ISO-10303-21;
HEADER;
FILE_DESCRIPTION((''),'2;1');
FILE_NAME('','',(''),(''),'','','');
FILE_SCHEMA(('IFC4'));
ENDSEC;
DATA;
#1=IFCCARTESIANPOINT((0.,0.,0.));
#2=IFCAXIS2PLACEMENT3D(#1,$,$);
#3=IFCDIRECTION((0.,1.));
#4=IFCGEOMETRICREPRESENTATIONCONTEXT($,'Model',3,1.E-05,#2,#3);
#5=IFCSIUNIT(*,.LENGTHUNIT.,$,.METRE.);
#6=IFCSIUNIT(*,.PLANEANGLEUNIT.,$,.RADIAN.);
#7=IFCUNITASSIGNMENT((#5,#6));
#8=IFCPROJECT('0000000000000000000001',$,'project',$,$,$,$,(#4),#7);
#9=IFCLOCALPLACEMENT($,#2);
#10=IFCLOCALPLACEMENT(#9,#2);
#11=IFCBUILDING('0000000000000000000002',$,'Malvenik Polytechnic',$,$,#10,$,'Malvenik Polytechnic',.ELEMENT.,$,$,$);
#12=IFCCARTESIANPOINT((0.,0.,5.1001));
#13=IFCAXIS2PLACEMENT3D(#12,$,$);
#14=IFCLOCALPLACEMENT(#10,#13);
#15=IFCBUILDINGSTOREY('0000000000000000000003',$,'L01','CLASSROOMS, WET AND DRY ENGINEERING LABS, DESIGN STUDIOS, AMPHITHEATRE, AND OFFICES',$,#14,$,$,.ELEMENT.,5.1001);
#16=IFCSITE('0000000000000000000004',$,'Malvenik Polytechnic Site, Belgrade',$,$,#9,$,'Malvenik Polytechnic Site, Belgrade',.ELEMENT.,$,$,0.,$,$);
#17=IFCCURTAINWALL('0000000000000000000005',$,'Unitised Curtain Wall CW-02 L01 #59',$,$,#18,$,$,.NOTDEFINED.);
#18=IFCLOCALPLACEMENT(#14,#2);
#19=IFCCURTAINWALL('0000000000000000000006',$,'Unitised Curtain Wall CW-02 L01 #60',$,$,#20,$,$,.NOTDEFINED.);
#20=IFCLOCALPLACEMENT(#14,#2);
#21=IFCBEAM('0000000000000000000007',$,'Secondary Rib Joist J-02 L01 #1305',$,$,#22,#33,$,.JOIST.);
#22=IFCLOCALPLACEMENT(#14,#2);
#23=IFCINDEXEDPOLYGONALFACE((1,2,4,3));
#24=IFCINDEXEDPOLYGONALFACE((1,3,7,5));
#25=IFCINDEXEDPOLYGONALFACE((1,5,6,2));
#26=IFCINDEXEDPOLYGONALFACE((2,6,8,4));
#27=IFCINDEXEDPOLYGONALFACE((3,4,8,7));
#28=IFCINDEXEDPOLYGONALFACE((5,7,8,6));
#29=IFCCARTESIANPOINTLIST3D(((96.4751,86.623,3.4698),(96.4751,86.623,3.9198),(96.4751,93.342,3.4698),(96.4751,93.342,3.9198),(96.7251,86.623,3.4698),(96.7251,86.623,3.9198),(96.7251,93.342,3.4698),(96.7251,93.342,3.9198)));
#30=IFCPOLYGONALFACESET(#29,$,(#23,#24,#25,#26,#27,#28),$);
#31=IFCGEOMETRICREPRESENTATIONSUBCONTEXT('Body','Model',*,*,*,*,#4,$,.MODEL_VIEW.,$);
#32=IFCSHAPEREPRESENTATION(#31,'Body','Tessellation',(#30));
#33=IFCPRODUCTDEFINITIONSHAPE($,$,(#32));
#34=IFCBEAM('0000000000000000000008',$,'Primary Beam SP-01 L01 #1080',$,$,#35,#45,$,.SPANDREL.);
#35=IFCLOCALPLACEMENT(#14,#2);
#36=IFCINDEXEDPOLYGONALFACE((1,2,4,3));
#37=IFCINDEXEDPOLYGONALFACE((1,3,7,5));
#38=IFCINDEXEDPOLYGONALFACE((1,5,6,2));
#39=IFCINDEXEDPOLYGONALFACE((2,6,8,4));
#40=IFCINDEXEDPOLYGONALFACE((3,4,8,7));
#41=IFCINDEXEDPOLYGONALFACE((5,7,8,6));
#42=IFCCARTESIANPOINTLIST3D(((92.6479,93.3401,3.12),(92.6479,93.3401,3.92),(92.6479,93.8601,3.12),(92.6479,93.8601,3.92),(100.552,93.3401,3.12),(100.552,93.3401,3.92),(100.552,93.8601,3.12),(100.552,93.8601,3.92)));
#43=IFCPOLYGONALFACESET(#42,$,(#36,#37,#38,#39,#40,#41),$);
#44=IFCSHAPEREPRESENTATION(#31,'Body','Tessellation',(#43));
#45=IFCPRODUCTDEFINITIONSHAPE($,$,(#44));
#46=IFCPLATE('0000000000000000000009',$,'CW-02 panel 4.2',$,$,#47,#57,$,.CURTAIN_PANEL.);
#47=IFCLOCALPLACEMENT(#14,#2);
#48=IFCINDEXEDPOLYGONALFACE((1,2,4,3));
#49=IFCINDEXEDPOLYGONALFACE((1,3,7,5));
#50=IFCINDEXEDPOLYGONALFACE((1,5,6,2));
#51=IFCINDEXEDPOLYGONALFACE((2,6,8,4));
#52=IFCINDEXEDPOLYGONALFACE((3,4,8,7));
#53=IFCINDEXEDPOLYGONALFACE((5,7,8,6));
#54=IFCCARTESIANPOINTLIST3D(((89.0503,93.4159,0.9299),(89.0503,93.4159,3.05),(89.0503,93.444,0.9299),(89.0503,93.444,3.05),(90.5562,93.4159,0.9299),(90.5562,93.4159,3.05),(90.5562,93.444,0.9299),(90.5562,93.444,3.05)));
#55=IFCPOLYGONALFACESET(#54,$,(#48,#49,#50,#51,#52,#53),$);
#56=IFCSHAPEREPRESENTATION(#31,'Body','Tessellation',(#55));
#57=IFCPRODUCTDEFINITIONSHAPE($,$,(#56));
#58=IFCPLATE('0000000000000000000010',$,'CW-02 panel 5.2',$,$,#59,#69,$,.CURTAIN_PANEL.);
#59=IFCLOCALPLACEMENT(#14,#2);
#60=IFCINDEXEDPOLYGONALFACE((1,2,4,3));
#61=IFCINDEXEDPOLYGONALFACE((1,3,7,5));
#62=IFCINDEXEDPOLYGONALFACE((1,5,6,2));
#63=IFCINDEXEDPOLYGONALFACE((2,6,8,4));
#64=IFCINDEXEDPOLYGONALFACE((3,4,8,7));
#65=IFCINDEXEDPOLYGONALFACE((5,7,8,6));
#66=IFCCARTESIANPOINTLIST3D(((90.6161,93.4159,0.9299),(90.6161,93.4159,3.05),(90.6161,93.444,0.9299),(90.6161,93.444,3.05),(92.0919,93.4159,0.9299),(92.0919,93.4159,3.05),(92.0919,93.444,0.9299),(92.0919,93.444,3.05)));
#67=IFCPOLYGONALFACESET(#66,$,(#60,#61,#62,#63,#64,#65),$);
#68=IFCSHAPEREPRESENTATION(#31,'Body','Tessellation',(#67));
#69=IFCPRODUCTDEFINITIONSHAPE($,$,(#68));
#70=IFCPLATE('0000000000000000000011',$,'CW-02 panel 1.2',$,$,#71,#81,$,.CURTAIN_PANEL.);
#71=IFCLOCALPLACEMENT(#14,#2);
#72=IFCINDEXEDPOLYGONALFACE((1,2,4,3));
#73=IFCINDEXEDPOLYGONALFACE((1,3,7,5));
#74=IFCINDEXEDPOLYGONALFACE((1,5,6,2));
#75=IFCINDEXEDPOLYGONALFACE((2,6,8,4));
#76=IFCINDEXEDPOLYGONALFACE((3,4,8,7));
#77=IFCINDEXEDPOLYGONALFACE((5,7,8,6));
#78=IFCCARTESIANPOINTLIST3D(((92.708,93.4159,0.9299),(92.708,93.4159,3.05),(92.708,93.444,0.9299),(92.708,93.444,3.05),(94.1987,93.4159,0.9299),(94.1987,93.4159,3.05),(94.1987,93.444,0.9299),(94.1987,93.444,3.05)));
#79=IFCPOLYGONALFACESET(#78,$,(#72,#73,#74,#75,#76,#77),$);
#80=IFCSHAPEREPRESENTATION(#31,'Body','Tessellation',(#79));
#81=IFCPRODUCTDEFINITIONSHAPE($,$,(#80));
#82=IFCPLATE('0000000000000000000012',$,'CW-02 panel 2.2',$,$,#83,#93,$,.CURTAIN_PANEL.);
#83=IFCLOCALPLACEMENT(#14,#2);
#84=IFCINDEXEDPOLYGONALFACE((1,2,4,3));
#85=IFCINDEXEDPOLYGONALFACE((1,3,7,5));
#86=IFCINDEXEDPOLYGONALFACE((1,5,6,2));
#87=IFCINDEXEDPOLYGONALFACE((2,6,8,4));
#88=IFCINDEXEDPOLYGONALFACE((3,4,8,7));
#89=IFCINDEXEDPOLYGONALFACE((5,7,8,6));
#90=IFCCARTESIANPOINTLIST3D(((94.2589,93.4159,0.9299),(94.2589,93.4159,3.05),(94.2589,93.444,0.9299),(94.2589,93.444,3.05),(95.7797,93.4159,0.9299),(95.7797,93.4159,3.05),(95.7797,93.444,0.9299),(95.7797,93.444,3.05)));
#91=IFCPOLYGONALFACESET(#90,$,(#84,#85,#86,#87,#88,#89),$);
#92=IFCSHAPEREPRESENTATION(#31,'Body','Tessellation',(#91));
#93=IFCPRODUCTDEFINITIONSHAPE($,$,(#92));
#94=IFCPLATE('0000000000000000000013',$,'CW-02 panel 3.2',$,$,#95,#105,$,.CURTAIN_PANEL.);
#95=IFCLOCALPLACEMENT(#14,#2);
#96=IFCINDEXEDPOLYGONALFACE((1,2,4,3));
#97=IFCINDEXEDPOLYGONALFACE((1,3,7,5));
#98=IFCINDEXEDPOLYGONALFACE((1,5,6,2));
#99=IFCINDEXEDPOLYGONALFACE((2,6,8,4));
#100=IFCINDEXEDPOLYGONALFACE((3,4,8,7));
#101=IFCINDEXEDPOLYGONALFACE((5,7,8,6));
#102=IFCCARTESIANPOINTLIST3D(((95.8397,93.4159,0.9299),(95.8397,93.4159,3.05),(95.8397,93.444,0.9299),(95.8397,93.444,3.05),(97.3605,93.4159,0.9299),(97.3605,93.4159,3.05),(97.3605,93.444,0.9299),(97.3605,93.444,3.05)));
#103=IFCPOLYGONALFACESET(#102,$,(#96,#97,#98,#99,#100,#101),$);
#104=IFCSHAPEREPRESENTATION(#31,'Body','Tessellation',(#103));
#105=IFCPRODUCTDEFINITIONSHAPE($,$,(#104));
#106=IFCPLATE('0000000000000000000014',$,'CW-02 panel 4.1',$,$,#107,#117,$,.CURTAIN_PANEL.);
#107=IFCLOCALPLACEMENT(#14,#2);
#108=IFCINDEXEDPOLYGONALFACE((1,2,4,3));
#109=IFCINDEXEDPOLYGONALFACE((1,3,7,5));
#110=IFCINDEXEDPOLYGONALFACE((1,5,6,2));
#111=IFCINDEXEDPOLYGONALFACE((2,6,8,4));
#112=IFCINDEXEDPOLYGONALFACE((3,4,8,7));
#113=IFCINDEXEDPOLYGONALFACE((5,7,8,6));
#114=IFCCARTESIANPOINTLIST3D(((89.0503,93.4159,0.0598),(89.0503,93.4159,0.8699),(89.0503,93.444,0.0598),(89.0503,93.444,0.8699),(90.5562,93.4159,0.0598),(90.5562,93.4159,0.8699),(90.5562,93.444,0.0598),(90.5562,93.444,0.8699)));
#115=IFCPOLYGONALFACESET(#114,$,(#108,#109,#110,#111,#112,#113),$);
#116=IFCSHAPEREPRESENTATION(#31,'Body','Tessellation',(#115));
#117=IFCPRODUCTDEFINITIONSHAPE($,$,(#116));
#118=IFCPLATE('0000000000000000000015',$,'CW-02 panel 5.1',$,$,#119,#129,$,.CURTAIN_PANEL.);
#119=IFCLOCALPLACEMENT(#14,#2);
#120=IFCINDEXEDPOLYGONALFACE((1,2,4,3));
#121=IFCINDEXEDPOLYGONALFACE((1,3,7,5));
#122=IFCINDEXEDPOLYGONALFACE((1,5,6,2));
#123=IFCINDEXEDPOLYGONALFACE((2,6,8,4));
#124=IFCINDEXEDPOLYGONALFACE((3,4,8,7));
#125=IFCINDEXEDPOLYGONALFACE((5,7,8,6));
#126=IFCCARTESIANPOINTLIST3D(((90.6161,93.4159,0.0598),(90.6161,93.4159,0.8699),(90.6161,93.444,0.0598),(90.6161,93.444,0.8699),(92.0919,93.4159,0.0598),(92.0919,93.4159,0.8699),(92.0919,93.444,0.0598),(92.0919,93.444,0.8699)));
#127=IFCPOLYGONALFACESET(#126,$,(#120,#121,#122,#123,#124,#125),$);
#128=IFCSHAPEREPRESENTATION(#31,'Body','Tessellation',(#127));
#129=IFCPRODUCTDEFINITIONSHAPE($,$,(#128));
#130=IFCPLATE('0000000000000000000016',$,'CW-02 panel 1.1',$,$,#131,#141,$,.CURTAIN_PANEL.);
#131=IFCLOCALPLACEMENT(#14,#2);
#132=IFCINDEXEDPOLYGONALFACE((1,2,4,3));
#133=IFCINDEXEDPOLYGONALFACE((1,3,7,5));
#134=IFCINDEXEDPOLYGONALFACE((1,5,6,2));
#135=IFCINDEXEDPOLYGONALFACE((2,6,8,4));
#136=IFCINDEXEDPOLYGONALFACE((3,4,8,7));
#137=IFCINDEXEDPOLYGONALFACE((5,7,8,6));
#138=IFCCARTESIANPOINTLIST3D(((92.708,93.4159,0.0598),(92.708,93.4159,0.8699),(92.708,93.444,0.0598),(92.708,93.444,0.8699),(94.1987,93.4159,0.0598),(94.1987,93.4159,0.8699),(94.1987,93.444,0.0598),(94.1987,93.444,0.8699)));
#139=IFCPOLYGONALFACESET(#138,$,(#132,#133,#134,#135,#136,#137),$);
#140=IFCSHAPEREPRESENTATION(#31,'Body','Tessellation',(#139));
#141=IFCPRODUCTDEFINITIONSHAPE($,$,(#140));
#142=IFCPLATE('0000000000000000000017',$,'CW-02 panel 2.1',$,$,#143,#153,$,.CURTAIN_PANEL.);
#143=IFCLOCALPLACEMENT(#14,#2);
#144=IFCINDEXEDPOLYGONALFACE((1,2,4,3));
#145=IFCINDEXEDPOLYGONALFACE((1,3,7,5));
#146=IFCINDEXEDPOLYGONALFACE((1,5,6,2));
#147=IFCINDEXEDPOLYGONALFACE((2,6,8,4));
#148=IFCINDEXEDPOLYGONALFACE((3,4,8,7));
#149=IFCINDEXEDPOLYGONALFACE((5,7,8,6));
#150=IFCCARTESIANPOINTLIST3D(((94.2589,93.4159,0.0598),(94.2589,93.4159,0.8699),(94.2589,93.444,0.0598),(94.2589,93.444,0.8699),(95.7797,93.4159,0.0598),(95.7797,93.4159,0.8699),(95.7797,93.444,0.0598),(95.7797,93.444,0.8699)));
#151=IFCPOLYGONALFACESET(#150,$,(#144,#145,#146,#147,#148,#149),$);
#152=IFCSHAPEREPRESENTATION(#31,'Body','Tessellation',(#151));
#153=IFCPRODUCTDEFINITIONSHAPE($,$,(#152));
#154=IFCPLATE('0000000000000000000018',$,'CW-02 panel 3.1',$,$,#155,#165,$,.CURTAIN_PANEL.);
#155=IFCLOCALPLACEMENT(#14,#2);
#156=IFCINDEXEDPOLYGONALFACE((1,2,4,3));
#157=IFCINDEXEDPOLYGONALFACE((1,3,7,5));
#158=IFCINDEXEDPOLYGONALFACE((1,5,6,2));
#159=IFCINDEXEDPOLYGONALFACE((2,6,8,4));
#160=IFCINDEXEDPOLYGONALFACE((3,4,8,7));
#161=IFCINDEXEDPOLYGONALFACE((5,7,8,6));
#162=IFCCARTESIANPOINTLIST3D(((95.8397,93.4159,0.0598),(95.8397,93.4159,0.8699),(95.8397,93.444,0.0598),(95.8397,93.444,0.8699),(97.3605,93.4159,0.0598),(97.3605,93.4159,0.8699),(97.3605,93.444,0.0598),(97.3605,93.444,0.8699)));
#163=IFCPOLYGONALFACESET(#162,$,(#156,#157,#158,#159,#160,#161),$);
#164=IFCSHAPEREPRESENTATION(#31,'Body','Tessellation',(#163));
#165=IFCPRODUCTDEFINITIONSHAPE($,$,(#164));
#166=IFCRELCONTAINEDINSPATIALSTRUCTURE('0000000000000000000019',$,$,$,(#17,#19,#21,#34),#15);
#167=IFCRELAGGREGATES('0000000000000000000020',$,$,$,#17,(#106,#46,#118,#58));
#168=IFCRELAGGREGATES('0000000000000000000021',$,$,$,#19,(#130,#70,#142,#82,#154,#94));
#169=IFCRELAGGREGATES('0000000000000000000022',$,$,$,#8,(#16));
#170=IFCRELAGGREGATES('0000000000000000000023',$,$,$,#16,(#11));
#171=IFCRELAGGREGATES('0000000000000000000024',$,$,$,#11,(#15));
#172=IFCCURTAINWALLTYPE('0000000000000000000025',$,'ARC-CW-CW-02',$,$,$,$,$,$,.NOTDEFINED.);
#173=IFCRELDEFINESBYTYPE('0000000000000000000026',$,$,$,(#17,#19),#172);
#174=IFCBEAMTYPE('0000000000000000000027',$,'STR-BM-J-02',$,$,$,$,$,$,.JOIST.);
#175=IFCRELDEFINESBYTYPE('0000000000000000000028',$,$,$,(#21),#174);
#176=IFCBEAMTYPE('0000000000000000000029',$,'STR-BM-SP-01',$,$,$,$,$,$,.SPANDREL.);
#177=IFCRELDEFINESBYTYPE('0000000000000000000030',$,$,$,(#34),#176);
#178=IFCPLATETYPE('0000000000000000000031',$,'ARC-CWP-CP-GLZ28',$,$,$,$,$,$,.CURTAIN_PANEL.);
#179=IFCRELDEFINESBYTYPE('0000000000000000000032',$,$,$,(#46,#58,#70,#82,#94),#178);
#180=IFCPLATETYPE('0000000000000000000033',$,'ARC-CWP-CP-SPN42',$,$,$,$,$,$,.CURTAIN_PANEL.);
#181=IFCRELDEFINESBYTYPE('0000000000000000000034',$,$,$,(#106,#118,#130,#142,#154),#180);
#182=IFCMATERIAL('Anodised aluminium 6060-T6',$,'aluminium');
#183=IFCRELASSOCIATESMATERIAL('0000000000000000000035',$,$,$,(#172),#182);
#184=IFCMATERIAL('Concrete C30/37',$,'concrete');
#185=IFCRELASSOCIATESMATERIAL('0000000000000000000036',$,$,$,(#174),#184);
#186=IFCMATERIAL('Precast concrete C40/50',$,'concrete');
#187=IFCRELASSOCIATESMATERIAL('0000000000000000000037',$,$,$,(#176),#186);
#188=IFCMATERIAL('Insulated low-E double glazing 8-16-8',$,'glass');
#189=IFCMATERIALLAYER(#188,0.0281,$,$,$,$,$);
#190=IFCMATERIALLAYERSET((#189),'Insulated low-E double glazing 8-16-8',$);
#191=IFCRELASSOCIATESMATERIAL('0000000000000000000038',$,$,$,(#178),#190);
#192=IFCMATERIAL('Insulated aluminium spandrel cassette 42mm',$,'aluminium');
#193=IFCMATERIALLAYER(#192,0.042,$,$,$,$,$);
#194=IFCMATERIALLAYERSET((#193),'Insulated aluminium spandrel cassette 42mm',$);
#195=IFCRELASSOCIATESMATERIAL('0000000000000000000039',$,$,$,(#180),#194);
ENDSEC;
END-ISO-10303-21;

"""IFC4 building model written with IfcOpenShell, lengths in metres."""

from ifc_helpers import new_model, si_unit, direction, frame, origin, origin_2d, place, context, subcontext, project, spatial, rectangle, extrude, material, layer, layer_set, material_profile, profile_set, type_object, element, aggregate, save


model = new_model("IFC4")

# Units and contexts
model_context = context("Model", 3, precision=1e-05, world=origin(), true_north=direction((0.0, 1.0)))
body_context = subcontext(model_context, "Body", "Model", "MODEL_VIEW")
ifc_project = project(units=[si_unit("LENGTHUNIT", "METRE"), si_unit("PLANEANGLEUNIT", "RADIAN")], contexts=[model_context])

# Site, building, storey
site_placement = place(None, origin())
site = spatial("IfcSite", under=ifc_project, at=site_placement, Name="Malvenik Polytechnic Site, Belgrade", LongName="Malvenik Polytechnic Site, Belgrade", CompositionType="ELEMENT", RefElevation=0.0)
building_placement = place(site_placement, origin())
building = spatial("IfcBuilding", under=site, at=building_placement, Name="Malvenik Polytechnic", LongName="Malvenik Polytechnic", CompositionType="ELEMENT")
storey_placement = place(building_placement, frame((0.0, 0.0, 5.1001)))
storey = spatial("IfcBuildingStorey", under=building, at=storey_placement, Name="L01", Description="CLASSROOMS, WET AND DRY ENGINEERING LABS, DESIGN STUDIOS, AMPHITHEATRE, AND OFFICES", CompositionType="ELEMENT", Elevation=5.1001)

# Curtain walls
ifc_material_1 = material(Name="Anodised aluminium 6060-T6", Category="aluminium")
curtain_wall_type = type_object("IfcCurtainWallType", Name="ARC-CW-CW-02", PredefinedType="NOTDEFINED", material=ifc_material_1)
curtain_wall_1_placement = place(storey_placement, origin())
curtain_wall_1 = element("IfcCurtainWall", 1, at=curtain_wall_1_placement, inside=storey, type_object=curtain_wall_type, Name="Unitised Curtain Wall CW-02 L01 #59", PredefinedType="NOTDEFINED")
curtain_wall_2_placement = place(storey_placement, origin())
curtain_wall_2 = element("IfcCurtainWall", 2, at=curtain_wall_2_placement, inside=storey, type_object=curtain_wall_type, Name="Unitised Curtain Wall CW-02 L01 #60", PredefinedType="NOTDEFINED")

# Beams
ifc_material_2 = material(Name="Concrete C30/37", Category="concrete")
ifc_material_profile_1 = material_profile(ifc_material_2, rectangle(XDim=0.25, YDim=0.45, at=origin_2d()), Name="RC JST 250x450")
ifc_profile_set_1 = profile_set([ifc_material_profile_1], Name="Concrete C30/37")
beam_type_1 = type_object("IfcBeamType", Name="STR-BM-J-02", PredefinedType="JOIST", material=ifc_profile_set_1)
beam_1_placement = place(storey_placement, frame((96.6001, 86.623, 3.6948), z_axis=(0.0, 1.0, 0.0), x_axis=(-1.0, 0.0, 0.0)))
element("IfcBeam", 3, at=beam_1_placement, inside=storey, type_object=beam_type_1, Name="Secondary Rib Joist J-02 L01 #1305", PredefinedType="JOIST", context=body_context, shape_type="SweptSolid", body=[
    extrude(rectangle(XDim=0.25, YDim=0.45, at=origin_2d()), origin(), (0.0, 0.0, 1.0), 6.719),
])
ifc_material_3 = material(Name="Precast concrete C40/50", Category="concrete")
ifc_material_profile_2 = material_profile(ifc_material_3, rectangle(XDim=0.52, YDim=0.8, at=origin_2d()), Name="PC SPN 520x800")
ifc_profile_set_2 = profile_set([ifc_material_profile_2], Name="Precast concrete C40/50")
beam_type_2 = type_object("IfcBeamType", Name="STR-BM-SP-01", PredefinedType="SPANDREL", material=ifc_profile_set_2)
beam_2_placement = place(storey_placement, frame((92.6479, 93.6001, 3.52), z_axis=(1.0, 0.0, 0.0), x_axis=(0.0, 1.0, 0.0)))
element("IfcBeam", 4, at=beam_2_placement, inside=storey, type_object=beam_type_2, Name="Primary Beam SP-01 L01 #1080", PredefinedType="SPANDREL", context=body_context, shape_type="SweptSolid", body=[
    extrude(rectangle(XDim=0.52, YDim=0.8, at=origin_2d()), origin(), (0.0, 0.0, 1.0), 7.9041),
])

# Plates
ifc_material_4 = material(Name="Insulated low-E double glazing 8-16-8", Category="glass")
ifc_layer_1 = layer(ifc_material_4, 0.0281)
ifc_layer_set_1 = layer_set([ifc_layer_1], Name="Insulated low-E double glazing 8-16-8")
plate_type_1 = type_object("IfcPlateType", Name="ARC-CWP-CP-GLZ28", PredefinedType="CURTAIN_PANEL", material=ifc_layer_set_1)
plate_1_placement = place(storey_placement, frame((89.8032, 93.4299, 0.9299), z_axis=(0.0, 0.0, 1.0), x_axis=(1.0, 0.0, 0.0)))
plate_1 = element("IfcPlate", 5, at=plate_1_placement, type_object=plate_type_1, Name="CW-02 panel 4.2", PredefinedType="CURTAIN_PANEL", context=body_context, shape_type="SweptSolid", body=[
    extrude(rectangle(XDim=1.5059, YDim=0.0281, at=origin_2d()), origin(), (0.0, 0.0, 1.0), 2.1201),
])
plate_2_placement = place(storey_placement, frame((91.354, 93.4299, 0.9299), z_axis=(0.0, 0.0, 1.0), x_axis=(1.0, 0.0, 0.0)))
plate_2 = element("IfcPlate", 6, at=plate_2_placement, type_object=plate_type_1, Name="CW-02 panel 5.2", PredefinedType="CURTAIN_PANEL", context=body_context, shape_type="SweptSolid", body=[
    extrude(rectangle(XDim=1.4758, YDim=0.0281, at=origin_2d()), origin(), (0.0, 0.0, 1.0), 2.1201),
])
plate_3_placement = place(storey_placement, frame((93.4534, 93.4299, 0.9299), z_axis=(0.0, 0.0, 1.0), x_axis=(1.0, 0.0, 0.0)))
plate_3 = element("IfcPlate", 7, at=plate_3_placement, type_object=plate_type_1, Name="CW-02 panel 1.2", PredefinedType="CURTAIN_PANEL", context=body_context, shape_type="SweptSolid", body=[
    extrude(rectangle(XDim=1.4907, YDim=0.0281, at=origin_2d()), origin(), (0.0, 0.0, 1.0), 2.1201),
])
plate_4_placement = place(storey_placement, frame((95.0193, 93.4299, 0.9299), z_axis=(0.0, 0.0, 1.0), x_axis=(1.0, 0.0, 0.0)))
plate_4 = element("IfcPlate", 8, at=plate_4_placement, type_object=plate_type_1, Name="CW-02 panel 2.2", PredefinedType="CURTAIN_PANEL", context=body_context, shape_type="SweptSolid", body=[
    extrude(rectangle(XDim=1.5208, YDim=0.0281, at=origin_2d()), origin(), (0.0, 0.0, 1.0), 2.1201),
])
plate_5_placement = place(storey_placement, frame((96.6001, 93.4299, 0.9299), z_axis=(0.0, 0.0, 1.0), x_axis=(1.0, 0.0, 0.0)))
plate_5 = element("IfcPlate", 9, at=plate_5_placement, type_object=plate_type_1, Name="CW-02 panel 3.2", PredefinedType="CURTAIN_PANEL", context=body_context, shape_type="SweptSolid", body=[
    extrude(rectangle(XDim=1.5208, YDim=0.0281, at=origin_2d()), origin(), (0.0, 0.0, 1.0), 2.1201),
])
ifc_material_5 = material(Name="Insulated aluminium spandrel cassette 42mm", Category="aluminium")
ifc_layer_2 = layer(ifc_material_5, 0.042)
ifc_layer_set_2 = layer_set([ifc_layer_2], Name="Insulated aluminium spandrel cassette 42mm")
plate_type_2 = type_object("IfcPlateType", Name="ARC-CWP-CP-SPN42", PredefinedType="CURTAIN_PANEL", material=ifc_layer_set_2)
plate_6_placement = place(storey_placement, frame((89.8032, 93.4299, 0.0598), z_axis=(0.0, 0.0, 1.0), x_axis=(1.0, 0.0, 0.0)))
plate_6 = element("IfcPlate", 10, at=plate_6_placement, type_object=plate_type_2, Name="CW-02 panel 4.1", PredefinedType="CURTAIN_PANEL", context=body_context, shape_type="SweptSolid", body=[
    extrude(rectangle(XDim=1.5059, YDim=0.0281, at=origin_2d()), origin(), (0.0, 0.0, 1.0), 0.8101),
])
plate_7_placement = place(storey_placement, frame((91.354, 93.4299, 0.0598), z_axis=(0.0, 0.0, 1.0), x_axis=(1.0, 0.0, 0.0)))
plate_7 = element("IfcPlate", 11, at=plate_7_placement, type_object=plate_type_2, Name="CW-02 panel 5.1", PredefinedType="CURTAIN_PANEL", context=body_context, shape_type="SweptSolid", body=[
    extrude(rectangle(XDim=1.4758, YDim=0.0281, at=origin_2d()), origin(), (0.0, 0.0, 1.0), 0.8101),
])
aggregate(curtain_wall_1, [plate_6, plate_1, plate_7, plate_2])
plate_8_placement = place(storey_placement, frame((93.4534, 93.4299, 0.0598), z_axis=(0.0, 0.0, 1.0), x_axis=(1.0, 0.0, 0.0)))
plate_8 = element("IfcPlate", 12, at=plate_8_placement, type_object=plate_type_2, Name="CW-02 panel 1.1", PredefinedType="CURTAIN_PANEL", context=body_context, shape_type="SweptSolid", body=[
    extrude(rectangle(XDim=1.4907, YDim=0.0281, at=origin_2d()), origin(), (0.0, 0.0, 1.0), 0.8101),
])
plate_9_placement = place(storey_placement, frame((95.0193, 93.4299, 0.0598), z_axis=(0.0, 0.0, 1.0), x_axis=(1.0, 0.0, 0.0)))
plate_9 = element("IfcPlate", 13, at=plate_9_placement, type_object=plate_type_2, Name="CW-02 panel 2.1", PredefinedType="CURTAIN_PANEL", context=body_context, shape_type="SweptSolid", body=[
    extrude(rectangle(XDim=1.5208, YDim=0.0281, at=origin_2d()), origin(), (0.0, 0.0, 1.0), 0.8101),
])
plate_10_placement = place(storey_placement, frame((96.6001, 93.4299, 0.0598), z_axis=(0.0, 0.0, 1.0), x_axis=(1.0, 0.0, 0.0)))
plate_10 = element("IfcPlate", 14, at=plate_10_placement, type_object=plate_type_2, Name="CW-02 panel 3.1", PredefinedType="CURTAIN_PANEL", context=body_context, shape_type="SweptSolid", body=[
    extrude(rectangle(XDim=1.5208, YDim=0.0281, at=origin_2d()), origin(), (0.0, 0.0, 1.0), 0.8101),
])
aggregate(curtain_wall_2, [plate_8, plate_3, plate_9, plate_4, plate_10, plate_5])

save(model, "model.ifc")
